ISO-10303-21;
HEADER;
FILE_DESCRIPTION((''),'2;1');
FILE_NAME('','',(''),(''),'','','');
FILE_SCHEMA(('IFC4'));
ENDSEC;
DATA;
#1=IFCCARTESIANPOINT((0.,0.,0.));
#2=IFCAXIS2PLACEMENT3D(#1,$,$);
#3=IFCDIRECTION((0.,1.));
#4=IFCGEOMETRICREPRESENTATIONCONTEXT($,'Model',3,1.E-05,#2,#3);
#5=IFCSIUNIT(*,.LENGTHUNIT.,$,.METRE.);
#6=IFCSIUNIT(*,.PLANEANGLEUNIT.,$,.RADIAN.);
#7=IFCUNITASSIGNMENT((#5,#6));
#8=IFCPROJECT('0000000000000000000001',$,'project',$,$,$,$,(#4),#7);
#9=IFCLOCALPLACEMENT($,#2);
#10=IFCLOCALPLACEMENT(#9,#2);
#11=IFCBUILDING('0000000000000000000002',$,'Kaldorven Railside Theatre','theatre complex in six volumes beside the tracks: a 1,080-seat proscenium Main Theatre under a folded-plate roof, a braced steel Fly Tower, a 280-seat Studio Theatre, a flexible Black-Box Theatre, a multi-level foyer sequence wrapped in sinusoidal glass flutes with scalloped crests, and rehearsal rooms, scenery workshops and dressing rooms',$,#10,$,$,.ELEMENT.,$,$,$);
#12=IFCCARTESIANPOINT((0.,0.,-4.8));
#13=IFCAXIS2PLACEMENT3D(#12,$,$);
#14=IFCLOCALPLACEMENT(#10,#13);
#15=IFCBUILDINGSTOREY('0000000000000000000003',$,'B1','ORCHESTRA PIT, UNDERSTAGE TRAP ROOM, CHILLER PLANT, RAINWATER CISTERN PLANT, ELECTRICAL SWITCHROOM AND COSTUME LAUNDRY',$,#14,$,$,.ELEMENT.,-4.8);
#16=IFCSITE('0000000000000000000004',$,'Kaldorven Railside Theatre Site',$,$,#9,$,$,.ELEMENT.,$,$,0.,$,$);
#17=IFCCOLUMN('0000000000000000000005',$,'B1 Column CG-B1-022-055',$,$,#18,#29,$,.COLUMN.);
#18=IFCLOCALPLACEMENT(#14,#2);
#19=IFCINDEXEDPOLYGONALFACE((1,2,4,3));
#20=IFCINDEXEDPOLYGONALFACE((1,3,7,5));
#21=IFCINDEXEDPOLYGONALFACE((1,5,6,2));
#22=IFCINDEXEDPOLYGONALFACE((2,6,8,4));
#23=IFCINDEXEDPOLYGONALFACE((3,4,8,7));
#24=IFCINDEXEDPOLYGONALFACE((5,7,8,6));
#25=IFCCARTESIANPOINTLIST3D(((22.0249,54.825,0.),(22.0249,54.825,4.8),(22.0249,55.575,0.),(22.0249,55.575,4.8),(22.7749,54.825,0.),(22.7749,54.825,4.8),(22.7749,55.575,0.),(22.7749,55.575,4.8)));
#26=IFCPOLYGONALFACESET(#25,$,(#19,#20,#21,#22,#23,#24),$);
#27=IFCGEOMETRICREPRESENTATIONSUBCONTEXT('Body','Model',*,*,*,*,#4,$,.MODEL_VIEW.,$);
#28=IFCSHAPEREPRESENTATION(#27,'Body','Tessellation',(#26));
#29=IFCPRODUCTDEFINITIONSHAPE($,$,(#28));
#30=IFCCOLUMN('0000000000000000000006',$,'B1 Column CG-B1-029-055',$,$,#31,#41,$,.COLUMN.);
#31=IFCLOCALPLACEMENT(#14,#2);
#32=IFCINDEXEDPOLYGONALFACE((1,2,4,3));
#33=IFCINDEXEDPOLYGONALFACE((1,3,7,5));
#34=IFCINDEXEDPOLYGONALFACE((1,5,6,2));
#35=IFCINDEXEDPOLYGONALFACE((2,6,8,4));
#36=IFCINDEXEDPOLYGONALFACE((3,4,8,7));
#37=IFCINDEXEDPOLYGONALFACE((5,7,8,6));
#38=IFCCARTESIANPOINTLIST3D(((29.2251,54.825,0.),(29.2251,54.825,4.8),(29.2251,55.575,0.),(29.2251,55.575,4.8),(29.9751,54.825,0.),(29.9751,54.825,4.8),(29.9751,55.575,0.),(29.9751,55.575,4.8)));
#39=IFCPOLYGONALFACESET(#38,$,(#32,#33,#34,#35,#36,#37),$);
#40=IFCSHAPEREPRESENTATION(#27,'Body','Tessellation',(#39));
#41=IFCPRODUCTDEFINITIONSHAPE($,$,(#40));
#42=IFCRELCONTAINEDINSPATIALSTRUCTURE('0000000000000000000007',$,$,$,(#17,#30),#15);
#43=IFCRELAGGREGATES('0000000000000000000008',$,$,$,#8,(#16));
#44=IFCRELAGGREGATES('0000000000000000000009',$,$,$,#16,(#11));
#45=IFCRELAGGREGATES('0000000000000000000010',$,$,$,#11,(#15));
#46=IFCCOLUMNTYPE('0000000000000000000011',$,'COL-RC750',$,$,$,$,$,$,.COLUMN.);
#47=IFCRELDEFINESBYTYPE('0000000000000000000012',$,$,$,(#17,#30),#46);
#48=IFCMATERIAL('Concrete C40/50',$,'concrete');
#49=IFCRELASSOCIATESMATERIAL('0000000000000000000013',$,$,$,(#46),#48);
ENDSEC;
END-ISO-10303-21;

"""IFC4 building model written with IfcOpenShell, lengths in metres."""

from ifc_helpers import new_model, si_unit, direction, frame, origin, origin_2d, place, context, subcontext, project, spatial, rectangle, extrude, material, material_profile, profile_set, type_object, element, save


model = new_model("IFC4")

# Units and contexts
model_context = context("Model", 3, precision=1e-05, world=origin(), true_north=direction((0.0, 1.0)))
body_context = subcontext(model_context, "Body", "Model", "MODEL_VIEW")
ifc_project = project(units=[si_unit("LENGTHUNIT", "METRE"), si_unit("PLANEANGLEUNIT", "RADIAN")], contexts=[model_context])

# Site, building, storey
site_placement = place(None, origin())
site = spatial("IfcSite", under=ifc_project, at=site_placement, Name="Kaldorven Railside Theatre Site", CompositionType="ELEMENT", RefElevation=0.0)
building_placement = place(site_placement, origin())
building = spatial("IfcBuilding", under=site, at=building_placement, Name="Kaldorven Railside Theatre", Description="theatre complex in six volumes beside the tracks: a 1,080-seat proscenium Main Theatre under a folded-plate roof, a braced steel Fly Tower, a 280-seat Studio Theatre, a flexible Black-Box Theatre, a multi-level foyer sequence wrapped in sinusoidal glass flutes with scalloped crests, and rehearsal rooms, scenery workshops and dressing rooms", CompositionType="ELEMENT")
storey_placement = place(building_placement, frame((0.0, 0.0, -4.8)))
storey = spatial("IfcBuildingStorey", under=building, at=storey_placement, Name="B1", Description="ORCHESTRA PIT, UNDERSTAGE TRAP ROOM, CHILLER PLANT, RAINWATER CISTERN PLANT, ELECTRICAL SWITCHROOM AND COSTUME LAUNDRY", CompositionType="ELEMENT", Elevation=-4.8)

# Shared definitions
ifc_material_1 = material(Name="Concrete C40/50", Category="concrete")

# Columns
ifc_material_profile_1 = material_profile(ifc_material_1, rectangle(XDim=0.75, YDim=0.75, at=origin_2d()), Name="RC 750x750")
ifc_profile_set_1 = profile_set([ifc_material_profile_1], Name="Concrete C40/50")
column_type_1 = type_object("IfcColumnType", Name="COL-RC750", PredefinedType="COLUMN", material=ifc_profile_set_1)
for number, where, z_axis, x_axis, name in (
    (1, (22.3999, 55.2, 0.0), (0.0, 0.0, 1.0), (0.0, 1.0, 0.0), "B1 Column CG-B1-022-055"),
    (2, (29.6001, 55.2, 0.0), (0.0, 0.0, 1.0), (1.0, 0.0, 0.0), "B1 Column CG-B1-029-055"),
):
    element("IfcColumn", number, at=place(storey_placement, frame(where, z_axis=z_axis, x_axis=x_axis)), inside=storey, type_object=column_type_1, Name=name, PredefinedType="COLUMN", context=body_context, shape_type="SweptSolid", body=[
        extrude(rectangle(XDim=0.75, YDim=0.75, at=origin_2d()), origin(), (0.0, 0.0, 1.0), 4.8),
    ])

save(model, "model.ifc")
